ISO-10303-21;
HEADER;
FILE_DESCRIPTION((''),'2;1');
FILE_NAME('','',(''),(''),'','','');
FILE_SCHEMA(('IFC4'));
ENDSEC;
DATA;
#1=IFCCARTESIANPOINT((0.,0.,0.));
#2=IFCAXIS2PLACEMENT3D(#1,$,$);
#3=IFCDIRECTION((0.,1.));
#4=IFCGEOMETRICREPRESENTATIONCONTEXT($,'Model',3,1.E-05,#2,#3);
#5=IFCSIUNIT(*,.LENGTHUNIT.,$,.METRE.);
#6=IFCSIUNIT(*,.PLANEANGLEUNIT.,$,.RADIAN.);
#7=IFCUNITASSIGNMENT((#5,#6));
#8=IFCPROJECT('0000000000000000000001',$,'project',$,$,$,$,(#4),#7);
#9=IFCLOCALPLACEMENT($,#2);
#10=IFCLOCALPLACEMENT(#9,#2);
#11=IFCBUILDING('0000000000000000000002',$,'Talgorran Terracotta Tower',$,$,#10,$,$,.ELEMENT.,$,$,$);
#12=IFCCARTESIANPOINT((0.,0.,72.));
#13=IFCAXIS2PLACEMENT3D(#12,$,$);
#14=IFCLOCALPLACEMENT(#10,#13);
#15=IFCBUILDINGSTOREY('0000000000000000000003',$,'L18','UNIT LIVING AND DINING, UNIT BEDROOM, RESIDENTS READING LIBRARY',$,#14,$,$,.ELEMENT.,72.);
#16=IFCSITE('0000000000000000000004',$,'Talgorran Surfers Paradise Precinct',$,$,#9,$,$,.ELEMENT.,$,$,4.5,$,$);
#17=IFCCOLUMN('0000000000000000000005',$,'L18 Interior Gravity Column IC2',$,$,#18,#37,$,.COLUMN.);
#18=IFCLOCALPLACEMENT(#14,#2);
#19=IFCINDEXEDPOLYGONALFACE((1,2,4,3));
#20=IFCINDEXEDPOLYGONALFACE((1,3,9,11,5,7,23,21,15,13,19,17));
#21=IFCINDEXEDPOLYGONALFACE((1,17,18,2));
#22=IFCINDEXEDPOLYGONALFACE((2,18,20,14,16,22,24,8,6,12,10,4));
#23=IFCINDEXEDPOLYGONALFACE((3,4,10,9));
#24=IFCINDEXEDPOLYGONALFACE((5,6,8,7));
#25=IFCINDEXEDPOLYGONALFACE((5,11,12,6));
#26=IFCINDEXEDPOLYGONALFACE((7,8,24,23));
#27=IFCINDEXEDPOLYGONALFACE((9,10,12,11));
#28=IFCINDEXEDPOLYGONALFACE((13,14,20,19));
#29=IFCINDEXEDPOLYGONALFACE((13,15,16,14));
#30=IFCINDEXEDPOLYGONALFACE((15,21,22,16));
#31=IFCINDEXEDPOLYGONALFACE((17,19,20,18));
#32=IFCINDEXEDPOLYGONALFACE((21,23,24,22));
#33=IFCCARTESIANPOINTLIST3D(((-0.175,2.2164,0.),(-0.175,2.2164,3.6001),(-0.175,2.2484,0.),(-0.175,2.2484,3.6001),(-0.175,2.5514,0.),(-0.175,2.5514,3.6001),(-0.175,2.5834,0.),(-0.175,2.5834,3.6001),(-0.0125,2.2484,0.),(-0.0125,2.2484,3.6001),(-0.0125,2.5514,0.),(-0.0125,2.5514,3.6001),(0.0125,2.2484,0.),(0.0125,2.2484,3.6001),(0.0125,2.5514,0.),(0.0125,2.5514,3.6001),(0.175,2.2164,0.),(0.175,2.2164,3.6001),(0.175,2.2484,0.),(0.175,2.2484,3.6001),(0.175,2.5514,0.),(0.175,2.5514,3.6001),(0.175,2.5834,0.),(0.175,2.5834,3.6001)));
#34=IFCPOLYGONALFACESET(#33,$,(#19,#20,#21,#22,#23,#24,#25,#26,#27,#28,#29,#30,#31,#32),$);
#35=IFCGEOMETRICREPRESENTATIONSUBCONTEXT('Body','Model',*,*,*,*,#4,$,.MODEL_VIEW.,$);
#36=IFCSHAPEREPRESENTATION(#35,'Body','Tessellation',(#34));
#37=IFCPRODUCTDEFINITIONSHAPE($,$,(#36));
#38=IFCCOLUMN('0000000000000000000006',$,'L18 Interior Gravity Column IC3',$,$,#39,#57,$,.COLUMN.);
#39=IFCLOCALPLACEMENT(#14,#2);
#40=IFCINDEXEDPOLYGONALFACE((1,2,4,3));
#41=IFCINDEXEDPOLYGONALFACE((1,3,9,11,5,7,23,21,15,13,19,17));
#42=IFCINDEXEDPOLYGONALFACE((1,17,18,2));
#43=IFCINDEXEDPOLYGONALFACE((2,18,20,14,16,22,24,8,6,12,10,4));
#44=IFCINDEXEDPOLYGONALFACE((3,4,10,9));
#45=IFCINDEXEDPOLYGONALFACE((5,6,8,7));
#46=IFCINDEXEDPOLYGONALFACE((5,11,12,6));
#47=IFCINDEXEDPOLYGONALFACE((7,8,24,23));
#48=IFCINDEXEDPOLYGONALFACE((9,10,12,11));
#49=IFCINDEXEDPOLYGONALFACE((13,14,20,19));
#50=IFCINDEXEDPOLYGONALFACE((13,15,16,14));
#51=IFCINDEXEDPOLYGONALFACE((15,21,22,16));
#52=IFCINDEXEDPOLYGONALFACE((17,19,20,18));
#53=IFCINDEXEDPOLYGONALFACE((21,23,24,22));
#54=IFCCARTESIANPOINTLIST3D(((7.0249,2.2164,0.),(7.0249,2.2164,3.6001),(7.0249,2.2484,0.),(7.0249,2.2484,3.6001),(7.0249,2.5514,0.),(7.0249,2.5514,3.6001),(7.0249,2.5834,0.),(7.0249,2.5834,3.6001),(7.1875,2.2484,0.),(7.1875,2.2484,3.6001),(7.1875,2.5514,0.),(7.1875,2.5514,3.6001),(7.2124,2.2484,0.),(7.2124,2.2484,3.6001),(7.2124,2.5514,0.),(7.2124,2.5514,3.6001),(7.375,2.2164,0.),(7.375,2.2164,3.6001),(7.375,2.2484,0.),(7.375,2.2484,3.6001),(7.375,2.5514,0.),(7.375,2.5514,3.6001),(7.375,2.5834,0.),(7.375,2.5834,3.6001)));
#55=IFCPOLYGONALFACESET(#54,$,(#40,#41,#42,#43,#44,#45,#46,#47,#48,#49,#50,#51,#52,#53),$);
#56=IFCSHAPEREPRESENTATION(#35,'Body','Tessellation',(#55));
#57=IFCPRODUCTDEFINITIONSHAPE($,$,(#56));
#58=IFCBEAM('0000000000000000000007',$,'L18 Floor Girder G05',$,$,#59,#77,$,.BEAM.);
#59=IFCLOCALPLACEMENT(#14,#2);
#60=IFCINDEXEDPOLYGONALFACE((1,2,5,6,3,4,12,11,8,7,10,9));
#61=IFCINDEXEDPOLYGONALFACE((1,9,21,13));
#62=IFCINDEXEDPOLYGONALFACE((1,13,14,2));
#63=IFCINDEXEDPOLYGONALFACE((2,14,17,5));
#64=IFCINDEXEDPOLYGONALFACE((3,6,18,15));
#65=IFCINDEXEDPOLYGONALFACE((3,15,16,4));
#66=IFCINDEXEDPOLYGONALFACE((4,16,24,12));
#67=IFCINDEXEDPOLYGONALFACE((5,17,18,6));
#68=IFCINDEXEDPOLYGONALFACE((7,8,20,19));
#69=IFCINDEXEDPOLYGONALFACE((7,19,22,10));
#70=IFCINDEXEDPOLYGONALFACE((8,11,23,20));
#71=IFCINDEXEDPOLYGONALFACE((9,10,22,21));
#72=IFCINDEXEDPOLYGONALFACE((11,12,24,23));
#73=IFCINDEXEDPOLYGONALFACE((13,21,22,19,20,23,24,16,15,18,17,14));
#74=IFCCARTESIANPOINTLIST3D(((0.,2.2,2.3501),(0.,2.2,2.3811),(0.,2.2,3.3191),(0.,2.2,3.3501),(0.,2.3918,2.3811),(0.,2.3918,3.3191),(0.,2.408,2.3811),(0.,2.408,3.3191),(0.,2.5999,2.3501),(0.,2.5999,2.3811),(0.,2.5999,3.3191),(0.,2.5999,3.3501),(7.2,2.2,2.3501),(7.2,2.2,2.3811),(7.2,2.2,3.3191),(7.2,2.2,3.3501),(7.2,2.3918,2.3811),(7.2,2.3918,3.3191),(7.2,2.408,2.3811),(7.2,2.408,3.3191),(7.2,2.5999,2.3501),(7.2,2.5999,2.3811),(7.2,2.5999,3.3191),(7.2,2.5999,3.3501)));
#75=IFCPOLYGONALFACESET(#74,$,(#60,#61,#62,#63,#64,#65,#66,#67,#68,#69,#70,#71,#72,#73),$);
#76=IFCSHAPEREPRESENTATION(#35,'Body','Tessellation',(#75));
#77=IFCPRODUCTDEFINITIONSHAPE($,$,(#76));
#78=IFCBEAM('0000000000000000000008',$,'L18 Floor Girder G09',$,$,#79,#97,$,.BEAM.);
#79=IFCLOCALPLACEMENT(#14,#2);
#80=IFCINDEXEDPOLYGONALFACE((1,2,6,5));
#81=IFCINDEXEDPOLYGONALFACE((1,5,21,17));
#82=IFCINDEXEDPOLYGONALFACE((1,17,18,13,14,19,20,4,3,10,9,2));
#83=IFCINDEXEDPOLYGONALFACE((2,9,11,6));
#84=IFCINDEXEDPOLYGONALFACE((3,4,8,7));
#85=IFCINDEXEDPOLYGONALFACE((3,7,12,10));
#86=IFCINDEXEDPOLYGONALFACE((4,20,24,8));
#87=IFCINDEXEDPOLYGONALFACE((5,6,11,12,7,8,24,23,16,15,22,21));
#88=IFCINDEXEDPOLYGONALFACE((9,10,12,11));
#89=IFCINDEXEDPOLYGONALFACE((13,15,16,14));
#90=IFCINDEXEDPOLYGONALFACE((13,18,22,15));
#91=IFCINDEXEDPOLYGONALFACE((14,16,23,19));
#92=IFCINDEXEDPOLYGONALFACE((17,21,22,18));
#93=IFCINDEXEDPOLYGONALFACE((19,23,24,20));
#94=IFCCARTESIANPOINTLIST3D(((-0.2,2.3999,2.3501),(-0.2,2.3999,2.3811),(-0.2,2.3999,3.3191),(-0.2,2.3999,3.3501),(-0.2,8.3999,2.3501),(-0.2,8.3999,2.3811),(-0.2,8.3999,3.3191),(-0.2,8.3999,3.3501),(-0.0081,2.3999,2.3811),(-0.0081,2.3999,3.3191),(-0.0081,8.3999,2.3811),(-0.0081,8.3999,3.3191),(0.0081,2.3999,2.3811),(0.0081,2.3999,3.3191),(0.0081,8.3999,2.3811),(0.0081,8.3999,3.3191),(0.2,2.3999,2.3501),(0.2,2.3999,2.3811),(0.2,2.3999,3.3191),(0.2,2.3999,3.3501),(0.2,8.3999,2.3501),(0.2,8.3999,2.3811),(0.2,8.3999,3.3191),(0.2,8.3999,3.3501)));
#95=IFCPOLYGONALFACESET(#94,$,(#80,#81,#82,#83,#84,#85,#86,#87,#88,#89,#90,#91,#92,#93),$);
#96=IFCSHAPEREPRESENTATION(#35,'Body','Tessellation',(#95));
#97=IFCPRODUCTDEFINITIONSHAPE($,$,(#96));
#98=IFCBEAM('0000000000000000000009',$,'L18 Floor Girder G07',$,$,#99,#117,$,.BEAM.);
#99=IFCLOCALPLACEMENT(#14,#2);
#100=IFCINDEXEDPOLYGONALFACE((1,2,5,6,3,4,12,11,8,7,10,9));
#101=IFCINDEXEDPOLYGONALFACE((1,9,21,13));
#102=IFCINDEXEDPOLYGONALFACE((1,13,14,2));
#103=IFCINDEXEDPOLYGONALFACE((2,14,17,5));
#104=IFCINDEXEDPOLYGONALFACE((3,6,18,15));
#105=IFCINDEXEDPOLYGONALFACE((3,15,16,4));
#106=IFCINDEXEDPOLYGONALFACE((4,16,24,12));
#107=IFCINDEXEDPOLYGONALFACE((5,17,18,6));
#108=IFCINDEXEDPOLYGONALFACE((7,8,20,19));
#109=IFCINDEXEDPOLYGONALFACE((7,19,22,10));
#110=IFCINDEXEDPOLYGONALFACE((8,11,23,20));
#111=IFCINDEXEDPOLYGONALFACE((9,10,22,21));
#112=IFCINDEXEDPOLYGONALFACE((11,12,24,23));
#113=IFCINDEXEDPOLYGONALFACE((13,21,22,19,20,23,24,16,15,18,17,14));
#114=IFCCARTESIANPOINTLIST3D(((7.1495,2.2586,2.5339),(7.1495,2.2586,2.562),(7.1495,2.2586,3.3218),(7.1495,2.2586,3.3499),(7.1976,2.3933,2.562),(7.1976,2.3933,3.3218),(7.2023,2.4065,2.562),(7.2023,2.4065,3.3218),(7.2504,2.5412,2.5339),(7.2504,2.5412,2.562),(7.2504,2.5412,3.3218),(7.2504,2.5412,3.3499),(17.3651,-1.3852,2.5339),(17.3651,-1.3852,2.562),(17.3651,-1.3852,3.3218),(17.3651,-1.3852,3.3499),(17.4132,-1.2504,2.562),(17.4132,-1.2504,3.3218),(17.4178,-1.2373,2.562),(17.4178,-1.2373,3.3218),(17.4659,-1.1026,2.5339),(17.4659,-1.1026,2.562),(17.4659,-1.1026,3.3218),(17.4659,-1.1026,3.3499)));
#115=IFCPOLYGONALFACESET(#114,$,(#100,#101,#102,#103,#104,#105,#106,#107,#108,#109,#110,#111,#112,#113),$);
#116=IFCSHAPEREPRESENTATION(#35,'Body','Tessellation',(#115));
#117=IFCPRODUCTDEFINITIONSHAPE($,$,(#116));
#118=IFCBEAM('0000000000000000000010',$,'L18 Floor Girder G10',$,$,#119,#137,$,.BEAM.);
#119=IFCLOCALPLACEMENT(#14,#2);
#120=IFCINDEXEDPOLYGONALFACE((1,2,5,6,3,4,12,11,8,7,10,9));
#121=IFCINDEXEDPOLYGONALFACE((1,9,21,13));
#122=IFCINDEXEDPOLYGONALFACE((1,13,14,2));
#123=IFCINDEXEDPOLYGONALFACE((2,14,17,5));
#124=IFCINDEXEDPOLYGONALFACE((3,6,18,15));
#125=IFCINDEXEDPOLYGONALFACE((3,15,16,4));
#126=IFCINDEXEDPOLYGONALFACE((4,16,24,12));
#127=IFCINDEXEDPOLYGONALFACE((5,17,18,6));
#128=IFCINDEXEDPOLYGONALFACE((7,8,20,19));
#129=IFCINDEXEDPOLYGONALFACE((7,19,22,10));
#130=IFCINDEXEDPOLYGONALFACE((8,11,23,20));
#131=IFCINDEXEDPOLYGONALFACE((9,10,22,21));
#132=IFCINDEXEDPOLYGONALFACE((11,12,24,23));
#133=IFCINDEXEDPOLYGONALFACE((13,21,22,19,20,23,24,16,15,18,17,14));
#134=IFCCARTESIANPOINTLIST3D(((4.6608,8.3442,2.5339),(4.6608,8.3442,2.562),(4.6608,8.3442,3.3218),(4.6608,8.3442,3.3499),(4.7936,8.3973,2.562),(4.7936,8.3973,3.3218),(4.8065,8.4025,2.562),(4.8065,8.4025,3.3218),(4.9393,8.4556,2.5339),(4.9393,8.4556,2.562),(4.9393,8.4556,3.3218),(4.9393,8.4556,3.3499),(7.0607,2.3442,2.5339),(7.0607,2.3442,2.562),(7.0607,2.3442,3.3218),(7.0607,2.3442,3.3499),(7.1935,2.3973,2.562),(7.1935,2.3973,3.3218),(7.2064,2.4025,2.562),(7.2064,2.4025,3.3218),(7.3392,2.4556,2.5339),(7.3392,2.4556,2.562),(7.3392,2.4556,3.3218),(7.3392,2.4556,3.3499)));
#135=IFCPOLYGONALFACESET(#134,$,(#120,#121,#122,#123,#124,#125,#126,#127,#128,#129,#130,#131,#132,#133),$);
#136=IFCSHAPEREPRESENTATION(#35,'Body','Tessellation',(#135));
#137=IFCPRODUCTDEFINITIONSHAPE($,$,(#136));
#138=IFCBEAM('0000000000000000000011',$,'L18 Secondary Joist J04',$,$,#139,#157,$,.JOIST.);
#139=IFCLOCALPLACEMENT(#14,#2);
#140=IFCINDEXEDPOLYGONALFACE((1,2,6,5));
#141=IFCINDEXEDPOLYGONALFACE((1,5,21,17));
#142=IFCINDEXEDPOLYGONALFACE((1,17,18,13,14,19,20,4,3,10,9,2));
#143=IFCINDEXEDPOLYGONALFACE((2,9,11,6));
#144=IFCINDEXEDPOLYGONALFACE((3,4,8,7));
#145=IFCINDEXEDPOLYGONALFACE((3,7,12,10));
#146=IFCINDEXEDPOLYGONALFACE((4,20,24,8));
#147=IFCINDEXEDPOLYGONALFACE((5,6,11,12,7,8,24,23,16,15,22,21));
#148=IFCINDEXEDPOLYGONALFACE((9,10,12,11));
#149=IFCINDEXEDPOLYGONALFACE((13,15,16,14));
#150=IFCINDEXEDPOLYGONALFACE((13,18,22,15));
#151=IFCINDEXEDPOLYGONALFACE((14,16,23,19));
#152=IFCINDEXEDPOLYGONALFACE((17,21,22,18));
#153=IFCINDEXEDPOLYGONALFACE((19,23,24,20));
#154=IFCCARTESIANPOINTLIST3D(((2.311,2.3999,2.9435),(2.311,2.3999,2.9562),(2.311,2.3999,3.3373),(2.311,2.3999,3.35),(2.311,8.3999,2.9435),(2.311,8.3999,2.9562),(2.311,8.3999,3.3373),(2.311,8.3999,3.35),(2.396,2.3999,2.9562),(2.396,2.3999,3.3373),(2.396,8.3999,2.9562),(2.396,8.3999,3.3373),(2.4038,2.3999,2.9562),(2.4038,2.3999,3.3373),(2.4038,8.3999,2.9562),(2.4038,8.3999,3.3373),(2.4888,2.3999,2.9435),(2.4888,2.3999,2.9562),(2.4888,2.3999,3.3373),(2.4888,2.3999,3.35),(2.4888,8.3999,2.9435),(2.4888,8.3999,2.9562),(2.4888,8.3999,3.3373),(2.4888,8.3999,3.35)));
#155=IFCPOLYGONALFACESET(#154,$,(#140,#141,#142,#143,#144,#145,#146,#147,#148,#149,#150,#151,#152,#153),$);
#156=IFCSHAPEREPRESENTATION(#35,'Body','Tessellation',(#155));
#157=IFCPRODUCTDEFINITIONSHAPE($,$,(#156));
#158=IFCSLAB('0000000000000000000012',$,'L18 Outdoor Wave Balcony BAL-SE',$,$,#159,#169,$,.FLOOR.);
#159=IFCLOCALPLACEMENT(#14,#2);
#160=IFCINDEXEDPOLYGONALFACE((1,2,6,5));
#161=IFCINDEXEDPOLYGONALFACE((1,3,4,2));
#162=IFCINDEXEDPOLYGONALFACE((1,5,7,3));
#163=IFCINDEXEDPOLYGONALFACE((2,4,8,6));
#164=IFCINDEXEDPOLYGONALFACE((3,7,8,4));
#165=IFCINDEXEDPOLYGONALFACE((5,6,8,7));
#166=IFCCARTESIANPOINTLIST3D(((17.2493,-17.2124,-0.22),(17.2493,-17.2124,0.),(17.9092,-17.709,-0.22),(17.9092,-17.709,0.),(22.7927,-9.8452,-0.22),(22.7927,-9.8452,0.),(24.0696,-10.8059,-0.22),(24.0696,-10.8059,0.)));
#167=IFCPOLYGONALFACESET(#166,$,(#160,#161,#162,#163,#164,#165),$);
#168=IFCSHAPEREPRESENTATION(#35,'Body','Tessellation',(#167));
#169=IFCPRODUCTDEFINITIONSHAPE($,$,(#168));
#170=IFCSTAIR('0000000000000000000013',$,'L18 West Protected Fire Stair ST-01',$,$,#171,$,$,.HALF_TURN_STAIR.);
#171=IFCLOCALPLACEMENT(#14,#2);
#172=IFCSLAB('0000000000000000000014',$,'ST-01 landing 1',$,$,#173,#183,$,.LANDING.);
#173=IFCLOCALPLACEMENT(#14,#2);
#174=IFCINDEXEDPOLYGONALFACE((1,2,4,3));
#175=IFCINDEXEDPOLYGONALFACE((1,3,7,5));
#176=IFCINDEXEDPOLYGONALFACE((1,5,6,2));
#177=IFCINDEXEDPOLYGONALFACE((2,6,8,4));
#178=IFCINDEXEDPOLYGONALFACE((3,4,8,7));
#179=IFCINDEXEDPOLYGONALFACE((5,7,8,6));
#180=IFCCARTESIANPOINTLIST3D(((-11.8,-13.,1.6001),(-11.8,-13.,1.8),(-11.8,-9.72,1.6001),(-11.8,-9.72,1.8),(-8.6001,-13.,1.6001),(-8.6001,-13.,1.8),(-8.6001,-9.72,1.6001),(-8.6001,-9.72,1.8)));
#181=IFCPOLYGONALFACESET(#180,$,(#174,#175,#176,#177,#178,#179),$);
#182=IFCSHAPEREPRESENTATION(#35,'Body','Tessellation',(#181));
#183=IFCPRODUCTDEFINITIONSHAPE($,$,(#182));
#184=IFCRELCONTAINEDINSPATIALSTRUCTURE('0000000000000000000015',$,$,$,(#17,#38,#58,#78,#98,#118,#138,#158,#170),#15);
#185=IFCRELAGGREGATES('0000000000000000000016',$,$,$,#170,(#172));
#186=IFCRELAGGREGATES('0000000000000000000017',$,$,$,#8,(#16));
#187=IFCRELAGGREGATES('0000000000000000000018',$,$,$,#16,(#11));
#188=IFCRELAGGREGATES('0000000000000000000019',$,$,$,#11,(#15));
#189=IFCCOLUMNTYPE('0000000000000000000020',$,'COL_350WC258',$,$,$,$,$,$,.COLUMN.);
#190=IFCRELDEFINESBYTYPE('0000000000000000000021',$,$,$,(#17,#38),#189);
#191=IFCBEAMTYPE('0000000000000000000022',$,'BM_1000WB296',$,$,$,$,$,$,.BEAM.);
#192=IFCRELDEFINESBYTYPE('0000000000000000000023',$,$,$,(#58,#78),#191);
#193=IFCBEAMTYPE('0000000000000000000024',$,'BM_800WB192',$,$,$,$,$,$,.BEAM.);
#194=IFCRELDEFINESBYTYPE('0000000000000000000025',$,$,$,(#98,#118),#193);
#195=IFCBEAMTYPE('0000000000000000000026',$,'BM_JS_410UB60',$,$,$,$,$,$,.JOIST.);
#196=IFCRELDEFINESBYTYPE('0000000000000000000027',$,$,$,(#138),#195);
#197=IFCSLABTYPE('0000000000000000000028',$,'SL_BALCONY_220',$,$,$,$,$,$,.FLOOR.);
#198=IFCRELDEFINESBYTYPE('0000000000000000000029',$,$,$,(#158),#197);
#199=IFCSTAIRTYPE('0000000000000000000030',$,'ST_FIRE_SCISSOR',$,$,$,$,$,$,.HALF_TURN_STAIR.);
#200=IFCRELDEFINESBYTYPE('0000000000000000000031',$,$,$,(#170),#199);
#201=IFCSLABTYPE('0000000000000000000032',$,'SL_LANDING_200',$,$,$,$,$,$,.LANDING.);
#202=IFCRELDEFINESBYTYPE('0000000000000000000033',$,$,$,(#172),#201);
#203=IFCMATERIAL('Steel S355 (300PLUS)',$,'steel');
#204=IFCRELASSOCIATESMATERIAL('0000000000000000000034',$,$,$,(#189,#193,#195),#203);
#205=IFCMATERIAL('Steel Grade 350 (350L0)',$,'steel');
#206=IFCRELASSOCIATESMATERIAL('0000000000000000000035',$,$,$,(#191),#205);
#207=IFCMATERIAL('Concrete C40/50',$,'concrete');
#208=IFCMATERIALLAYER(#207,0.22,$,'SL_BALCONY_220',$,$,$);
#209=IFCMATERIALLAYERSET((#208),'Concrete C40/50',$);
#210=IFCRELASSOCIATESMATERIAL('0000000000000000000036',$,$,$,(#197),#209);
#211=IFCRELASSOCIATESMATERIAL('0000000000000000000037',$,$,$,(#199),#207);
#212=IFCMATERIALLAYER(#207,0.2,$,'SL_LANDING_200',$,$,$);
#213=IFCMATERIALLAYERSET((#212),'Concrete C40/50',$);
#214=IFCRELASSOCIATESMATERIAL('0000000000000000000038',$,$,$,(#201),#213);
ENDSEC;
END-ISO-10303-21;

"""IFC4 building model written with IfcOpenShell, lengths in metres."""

from ifc_helpers import new_model, si_unit, direction, frame, origin, origin_2d, place, context, subcontext, project, spatial, polyline, i_section, outline, extrude, material, layer, layer_set, material_profile, profile_set, type_object, element, aggregate, save


model = new_model("IFC4")

# Units and contexts
model_context = context("Model", 3, precision=1e-05, world=origin(), true_north=direction((0.0, 1.0)))
body_context = subcontext(model_context, "Body", "Model", "MODEL_VIEW")
ifc_project = project(units=[si_unit("LENGTHUNIT", "METRE"), si_unit("PLANEANGLEUNIT", "RADIAN")], contexts=[model_context])

# Site, building, storey
site_placement = place(None, origin())
site = spatial("IfcSite", under=ifc_project, at=site_placement, Name="Talgorran Surfers Paradise Precinct", CompositionType="ELEMENT", RefElevation=4.5)
building_placement = place(site_placement, origin())
building = spatial("IfcBuilding", under=site, at=building_placement, Name="Talgorran Terracotta Tower", CompositionType="ELEMENT")
storey_placement = place(building_placement, frame((0.0, 0.0, 72.0)))
storey = spatial("IfcBuildingStorey", under=building, at=storey_placement, Name="L18", Description="UNIT LIVING AND DINING, UNIT BEDROOM, RESIDENTS READING LIBRARY", CompositionType="ELEMENT", Elevation=72.0)

# Columns
ifc_material_1 = material(Name="Steel S355 (300PLUS)", Category="steel")
ifc_material_profile_1 = material_profile(ifc_material_1, i_section(OverallWidth=0.3501, OverallDepth=0.3669, WebThickness=0.0249, FlangeThickness=0.032, at=origin_2d()), Name="350WC258")
ifc_profile_set_1 = profile_set([ifc_material_profile_1], Name="Steel S355 (300PLUS)")
column_type = type_object("IfcColumnType", Name="COL_350WC258", PredefinedType="COLUMN", material=ifc_profile_set_1)
for number, where, z_axis, x_axis, name in (
    (1, (0.0, 2.3999, 0.0), (0.0, 0.0, 1.0), (1.0, 0.0, 0.0), "L18 Interior Gravity Column IC2"),
    (2, (7.2, 2.3999, 0.0), (0.0, 0.0, 1.0), (1.0, 0.0, 0.0), "L18 Interior Gravity Column IC3"),
):
    element("IfcColumn", number, at=place(storey_placement, frame(where, z_axis=z_axis, x_axis=x_axis)), inside=storey, type_object=column_type, Name=name, PredefinedType="COLUMN", context=body_context, shape_type="SweptSolid", body=[
        extrude(i_section(OverallWidth=0.3501, OverallDepth=0.3669, WebThickness=0.0249, FlangeThickness=0.032, at=origin_2d()), origin(), (0.0, 0.0, 1.0), 3.6001),
    ])

# Beams
ifc_material_2 = material(Name="Steel Grade 350 (350L0)", Category="steel")
ifc_material_profile_2 = material_profile(ifc_material_2, i_section(OverallWidth=0.3999, OverallDepth=1.0, WebThickness=0.0161, FlangeThickness=0.031, at=origin_2d()), Name="1000WB296")
ifc_profile_set_2 = profile_set([ifc_material_profile_2], Name="Steel Grade 350 (350L0)")
beam_type_1 = type_object("IfcBeamType", Name="BM_1000WB296", PredefinedType="BEAM", material=ifc_profile_set_2)
beam_1_placement = place(storey_placement, frame((0.0, 2.3999, 2.8501), z_axis=(1.0, 0.0, 0.0), x_axis=(0.0, 1.0, 0.0)))
element("IfcBeam", 3, at=beam_1_placement, inside=storey, type_object=beam_type_1, Name="L18 Floor Girder G05", PredefinedType="BEAM", context=body_context, shape_type="SweptSolid", body=[
    extrude(i_section(OverallWidth=0.3999, OverallDepth=1.0, WebThickness=0.0161, FlangeThickness=0.031, at=origin_2d()), origin(), (0.0, 0.0, 1.0), 7.2),
])
beam_2_placement = place(storey_placement, frame((0.0, 2.3999, 2.8501), z_axis=(0.0, 1.0, 0.0), x_axis=(-1.0, 0.0, 0.0)))
element("IfcBeam", 4, at=beam_2_placement, inside=storey, type_object=beam_type_1, Name="L18 Floor Girder G09", PredefinedType="BEAM", context=body_context, shape_type="SweptSolid", body=[
    extrude(i_section(OverallWidth=0.3999, OverallDepth=1.0, WebThickness=0.0161, FlangeThickness=0.031, at=origin_2d()), origin(), (0.0, 0.0, 1.0), 6.0),
])
ifc_material_profile_3 = material_profile(ifc_material_1, i_section(OverallWidth=0.3, OverallDepth=0.8159, WebThickness=0.0139, FlangeThickness=0.0281, at=origin_2d()), Name="800WB192")
ifc_profile_set_3 = profile_set([ifc_material_profile_3], Name="Steel S355 (300PLUS)")
beam_type_2 = type_object("IfcBeamType", Name="BM_800WB192", PredefinedType="BEAM", material=ifc_profile_set_3)
beam_3_placement = place(storey_placement, frame((7.2, 2.3999, 2.9419), z_axis=(0.941877, -0.335958, 0.0), x_axis=(0.335958, 0.941877, 0.0)))
element("IfcBeam", 5, at=beam_3_placement, inside=storey, type_object=beam_type_2, Name="L18 Floor Girder G07", PredefinedType="BEAM", context=body_context, shape_type="SweptSolid", body=[
    extrude(i_section(OverallWidth=0.3, OverallDepth=0.8159, WebThickness=0.0139, FlangeThickness=0.0281, at=origin_2d()), origin(), (0.0, 0.0, 1.0), 10.8459),
])
beam_4_placement = place(storey_placement, frame((7.2, 2.3999, 2.9419), z_axis=(-0.371378, 0.928482, 0.0), x_axis=(-0.928482, -0.371378, 0.0)))
element("IfcBeam", 6, at=beam_4_placement, inside=storey, type_object=beam_type_2, Name="L18 Floor Girder G10", PredefinedType="BEAM", context=body_context, shape_type="SweptSolid", body=[
    extrude(i_section(OverallWidth=0.3, OverallDepth=0.8159, WebThickness=0.0139, FlangeThickness=0.0281, at=origin_2d()), origin(), (0.0, 0.0, 1.0), 6.4622),
])
ifc_material_profile_4 = material_profile(ifc_material_1, i_section(OverallWidth=0.1777, OverallDepth=0.4065, WebThickness=0.0078, FlangeThickness=0.0127, at=origin_2d()), Name="410UB59.7")
ifc_profile_set_4 = profile_set([ifc_material_profile_4], Name="Steel S355 (300PLUS)")
beam_type_3 = type_object("IfcBeamType", Name="BM_JS_410UB60", PredefinedType="JOIST", material=ifc_profile_set_4)
beam_5_placement = place(storey_placement, frame((2.3999, 2.3999, 3.1467), z_axis=(0.0, 1.0, 0.0), x_axis=(-1.0, 0.0, 0.0)))
element("IfcBeam", 7, at=beam_5_placement, inside=storey, type_object=beam_type_3, Name="L18 Secondary Joist J04", PredefinedType="JOIST", context=body_context, shape_type="SweptSolid", body=[
    extrude(i_section(OverallWidth=0.1777, OverallDepth=0.4065, WebThickness=0.0078, FlangeThickness=0.0127, at=origin_2d()), origin(), (0.0, 0.0, 1.0), 6.0),
])

# Slab
ifc_material_3 = material(Name="Concrete C40/50", Category="concrete")
ifc_layer_1 = layer(ifc_material_3, 0.22, Name="SL_BALCONY_220")
ifc_layer_set_1 = layer_set([ifc_layer_1], Name="Concrete C40/50")
slab_type_1 = type_object("IfcSlabType", Name="SL_BALCONY_220", PredefinedType="FLOOR", material=ifc_layer_set_1)
slab_1_placement = place(storey_placement, frame((0.0, 0.0, -0.22)))
element("IfcSlab", 8, at=slab_1_placement, inside=storey, type_object=slab_type_1, Name="L18 Outdoor Wave Balcony BAL-SE", PredefinedType="FLOOR", context=body_context, shape_type="SweptSolid", body=[
    extrude(outline(polyline([(22.7927, -9.8452), (17.2493, -17.2124), (17.9092, -17.709), (24.0696, -10.8059), (22.7927, -9.8452)])), origin(), (0.0, 0.0, 1.0), 0.22),
])

# Stair, slab
stair_type = type_object("IfcStairType", Name="ST_FIRE_SCISSOR", PredefinedType="HALF_TURN_STAIR", material=ifc_material_3)
stair_1_placement = place(storey_placement, origin())
stair_1 = element("IfcStair", 9, at=stair_1_placement, inside=storey, type_object=stair_type, Name="L18 West Protected Fire Stair ST-01", PredefinedType="HALF_TURN_STAIR")
ifc_layer_2 = layer(ifc_material_3, 0.2, Name="SL_LANDING_200")
ifc_layer_set_2 = layer_set([ifc_layer_2], Name="Concrete C40/50")
slab_type_2 = type_object("IfcSlabType", Name="SL_LANDING_200", PredefinedType="LANDING", material=ifc_layer_set_2)
slab_2_placement = place(storey_placement, frame((0.0, 0.0, 1.6001)))
slab_2 = element("IfcSlab", 10, at=slab_2_placement, type_object=slab_type_2, Name="ST-01 landing 1", PredefinedType="LANDING", context=body_context, shape_type="SweptSolid", body=[
    extrude(outline(polyline([(-11.8, -9.72), (-11.8, -13.0), (-8.6001, -13.0), (-8.6001, -9.72), (-11.8, -9.72)])), origin(), (0.0, 0.0, 1.0), 0.2),
])
aggregate(stair_1, [slab_2])

save(model, "model.ifc")
